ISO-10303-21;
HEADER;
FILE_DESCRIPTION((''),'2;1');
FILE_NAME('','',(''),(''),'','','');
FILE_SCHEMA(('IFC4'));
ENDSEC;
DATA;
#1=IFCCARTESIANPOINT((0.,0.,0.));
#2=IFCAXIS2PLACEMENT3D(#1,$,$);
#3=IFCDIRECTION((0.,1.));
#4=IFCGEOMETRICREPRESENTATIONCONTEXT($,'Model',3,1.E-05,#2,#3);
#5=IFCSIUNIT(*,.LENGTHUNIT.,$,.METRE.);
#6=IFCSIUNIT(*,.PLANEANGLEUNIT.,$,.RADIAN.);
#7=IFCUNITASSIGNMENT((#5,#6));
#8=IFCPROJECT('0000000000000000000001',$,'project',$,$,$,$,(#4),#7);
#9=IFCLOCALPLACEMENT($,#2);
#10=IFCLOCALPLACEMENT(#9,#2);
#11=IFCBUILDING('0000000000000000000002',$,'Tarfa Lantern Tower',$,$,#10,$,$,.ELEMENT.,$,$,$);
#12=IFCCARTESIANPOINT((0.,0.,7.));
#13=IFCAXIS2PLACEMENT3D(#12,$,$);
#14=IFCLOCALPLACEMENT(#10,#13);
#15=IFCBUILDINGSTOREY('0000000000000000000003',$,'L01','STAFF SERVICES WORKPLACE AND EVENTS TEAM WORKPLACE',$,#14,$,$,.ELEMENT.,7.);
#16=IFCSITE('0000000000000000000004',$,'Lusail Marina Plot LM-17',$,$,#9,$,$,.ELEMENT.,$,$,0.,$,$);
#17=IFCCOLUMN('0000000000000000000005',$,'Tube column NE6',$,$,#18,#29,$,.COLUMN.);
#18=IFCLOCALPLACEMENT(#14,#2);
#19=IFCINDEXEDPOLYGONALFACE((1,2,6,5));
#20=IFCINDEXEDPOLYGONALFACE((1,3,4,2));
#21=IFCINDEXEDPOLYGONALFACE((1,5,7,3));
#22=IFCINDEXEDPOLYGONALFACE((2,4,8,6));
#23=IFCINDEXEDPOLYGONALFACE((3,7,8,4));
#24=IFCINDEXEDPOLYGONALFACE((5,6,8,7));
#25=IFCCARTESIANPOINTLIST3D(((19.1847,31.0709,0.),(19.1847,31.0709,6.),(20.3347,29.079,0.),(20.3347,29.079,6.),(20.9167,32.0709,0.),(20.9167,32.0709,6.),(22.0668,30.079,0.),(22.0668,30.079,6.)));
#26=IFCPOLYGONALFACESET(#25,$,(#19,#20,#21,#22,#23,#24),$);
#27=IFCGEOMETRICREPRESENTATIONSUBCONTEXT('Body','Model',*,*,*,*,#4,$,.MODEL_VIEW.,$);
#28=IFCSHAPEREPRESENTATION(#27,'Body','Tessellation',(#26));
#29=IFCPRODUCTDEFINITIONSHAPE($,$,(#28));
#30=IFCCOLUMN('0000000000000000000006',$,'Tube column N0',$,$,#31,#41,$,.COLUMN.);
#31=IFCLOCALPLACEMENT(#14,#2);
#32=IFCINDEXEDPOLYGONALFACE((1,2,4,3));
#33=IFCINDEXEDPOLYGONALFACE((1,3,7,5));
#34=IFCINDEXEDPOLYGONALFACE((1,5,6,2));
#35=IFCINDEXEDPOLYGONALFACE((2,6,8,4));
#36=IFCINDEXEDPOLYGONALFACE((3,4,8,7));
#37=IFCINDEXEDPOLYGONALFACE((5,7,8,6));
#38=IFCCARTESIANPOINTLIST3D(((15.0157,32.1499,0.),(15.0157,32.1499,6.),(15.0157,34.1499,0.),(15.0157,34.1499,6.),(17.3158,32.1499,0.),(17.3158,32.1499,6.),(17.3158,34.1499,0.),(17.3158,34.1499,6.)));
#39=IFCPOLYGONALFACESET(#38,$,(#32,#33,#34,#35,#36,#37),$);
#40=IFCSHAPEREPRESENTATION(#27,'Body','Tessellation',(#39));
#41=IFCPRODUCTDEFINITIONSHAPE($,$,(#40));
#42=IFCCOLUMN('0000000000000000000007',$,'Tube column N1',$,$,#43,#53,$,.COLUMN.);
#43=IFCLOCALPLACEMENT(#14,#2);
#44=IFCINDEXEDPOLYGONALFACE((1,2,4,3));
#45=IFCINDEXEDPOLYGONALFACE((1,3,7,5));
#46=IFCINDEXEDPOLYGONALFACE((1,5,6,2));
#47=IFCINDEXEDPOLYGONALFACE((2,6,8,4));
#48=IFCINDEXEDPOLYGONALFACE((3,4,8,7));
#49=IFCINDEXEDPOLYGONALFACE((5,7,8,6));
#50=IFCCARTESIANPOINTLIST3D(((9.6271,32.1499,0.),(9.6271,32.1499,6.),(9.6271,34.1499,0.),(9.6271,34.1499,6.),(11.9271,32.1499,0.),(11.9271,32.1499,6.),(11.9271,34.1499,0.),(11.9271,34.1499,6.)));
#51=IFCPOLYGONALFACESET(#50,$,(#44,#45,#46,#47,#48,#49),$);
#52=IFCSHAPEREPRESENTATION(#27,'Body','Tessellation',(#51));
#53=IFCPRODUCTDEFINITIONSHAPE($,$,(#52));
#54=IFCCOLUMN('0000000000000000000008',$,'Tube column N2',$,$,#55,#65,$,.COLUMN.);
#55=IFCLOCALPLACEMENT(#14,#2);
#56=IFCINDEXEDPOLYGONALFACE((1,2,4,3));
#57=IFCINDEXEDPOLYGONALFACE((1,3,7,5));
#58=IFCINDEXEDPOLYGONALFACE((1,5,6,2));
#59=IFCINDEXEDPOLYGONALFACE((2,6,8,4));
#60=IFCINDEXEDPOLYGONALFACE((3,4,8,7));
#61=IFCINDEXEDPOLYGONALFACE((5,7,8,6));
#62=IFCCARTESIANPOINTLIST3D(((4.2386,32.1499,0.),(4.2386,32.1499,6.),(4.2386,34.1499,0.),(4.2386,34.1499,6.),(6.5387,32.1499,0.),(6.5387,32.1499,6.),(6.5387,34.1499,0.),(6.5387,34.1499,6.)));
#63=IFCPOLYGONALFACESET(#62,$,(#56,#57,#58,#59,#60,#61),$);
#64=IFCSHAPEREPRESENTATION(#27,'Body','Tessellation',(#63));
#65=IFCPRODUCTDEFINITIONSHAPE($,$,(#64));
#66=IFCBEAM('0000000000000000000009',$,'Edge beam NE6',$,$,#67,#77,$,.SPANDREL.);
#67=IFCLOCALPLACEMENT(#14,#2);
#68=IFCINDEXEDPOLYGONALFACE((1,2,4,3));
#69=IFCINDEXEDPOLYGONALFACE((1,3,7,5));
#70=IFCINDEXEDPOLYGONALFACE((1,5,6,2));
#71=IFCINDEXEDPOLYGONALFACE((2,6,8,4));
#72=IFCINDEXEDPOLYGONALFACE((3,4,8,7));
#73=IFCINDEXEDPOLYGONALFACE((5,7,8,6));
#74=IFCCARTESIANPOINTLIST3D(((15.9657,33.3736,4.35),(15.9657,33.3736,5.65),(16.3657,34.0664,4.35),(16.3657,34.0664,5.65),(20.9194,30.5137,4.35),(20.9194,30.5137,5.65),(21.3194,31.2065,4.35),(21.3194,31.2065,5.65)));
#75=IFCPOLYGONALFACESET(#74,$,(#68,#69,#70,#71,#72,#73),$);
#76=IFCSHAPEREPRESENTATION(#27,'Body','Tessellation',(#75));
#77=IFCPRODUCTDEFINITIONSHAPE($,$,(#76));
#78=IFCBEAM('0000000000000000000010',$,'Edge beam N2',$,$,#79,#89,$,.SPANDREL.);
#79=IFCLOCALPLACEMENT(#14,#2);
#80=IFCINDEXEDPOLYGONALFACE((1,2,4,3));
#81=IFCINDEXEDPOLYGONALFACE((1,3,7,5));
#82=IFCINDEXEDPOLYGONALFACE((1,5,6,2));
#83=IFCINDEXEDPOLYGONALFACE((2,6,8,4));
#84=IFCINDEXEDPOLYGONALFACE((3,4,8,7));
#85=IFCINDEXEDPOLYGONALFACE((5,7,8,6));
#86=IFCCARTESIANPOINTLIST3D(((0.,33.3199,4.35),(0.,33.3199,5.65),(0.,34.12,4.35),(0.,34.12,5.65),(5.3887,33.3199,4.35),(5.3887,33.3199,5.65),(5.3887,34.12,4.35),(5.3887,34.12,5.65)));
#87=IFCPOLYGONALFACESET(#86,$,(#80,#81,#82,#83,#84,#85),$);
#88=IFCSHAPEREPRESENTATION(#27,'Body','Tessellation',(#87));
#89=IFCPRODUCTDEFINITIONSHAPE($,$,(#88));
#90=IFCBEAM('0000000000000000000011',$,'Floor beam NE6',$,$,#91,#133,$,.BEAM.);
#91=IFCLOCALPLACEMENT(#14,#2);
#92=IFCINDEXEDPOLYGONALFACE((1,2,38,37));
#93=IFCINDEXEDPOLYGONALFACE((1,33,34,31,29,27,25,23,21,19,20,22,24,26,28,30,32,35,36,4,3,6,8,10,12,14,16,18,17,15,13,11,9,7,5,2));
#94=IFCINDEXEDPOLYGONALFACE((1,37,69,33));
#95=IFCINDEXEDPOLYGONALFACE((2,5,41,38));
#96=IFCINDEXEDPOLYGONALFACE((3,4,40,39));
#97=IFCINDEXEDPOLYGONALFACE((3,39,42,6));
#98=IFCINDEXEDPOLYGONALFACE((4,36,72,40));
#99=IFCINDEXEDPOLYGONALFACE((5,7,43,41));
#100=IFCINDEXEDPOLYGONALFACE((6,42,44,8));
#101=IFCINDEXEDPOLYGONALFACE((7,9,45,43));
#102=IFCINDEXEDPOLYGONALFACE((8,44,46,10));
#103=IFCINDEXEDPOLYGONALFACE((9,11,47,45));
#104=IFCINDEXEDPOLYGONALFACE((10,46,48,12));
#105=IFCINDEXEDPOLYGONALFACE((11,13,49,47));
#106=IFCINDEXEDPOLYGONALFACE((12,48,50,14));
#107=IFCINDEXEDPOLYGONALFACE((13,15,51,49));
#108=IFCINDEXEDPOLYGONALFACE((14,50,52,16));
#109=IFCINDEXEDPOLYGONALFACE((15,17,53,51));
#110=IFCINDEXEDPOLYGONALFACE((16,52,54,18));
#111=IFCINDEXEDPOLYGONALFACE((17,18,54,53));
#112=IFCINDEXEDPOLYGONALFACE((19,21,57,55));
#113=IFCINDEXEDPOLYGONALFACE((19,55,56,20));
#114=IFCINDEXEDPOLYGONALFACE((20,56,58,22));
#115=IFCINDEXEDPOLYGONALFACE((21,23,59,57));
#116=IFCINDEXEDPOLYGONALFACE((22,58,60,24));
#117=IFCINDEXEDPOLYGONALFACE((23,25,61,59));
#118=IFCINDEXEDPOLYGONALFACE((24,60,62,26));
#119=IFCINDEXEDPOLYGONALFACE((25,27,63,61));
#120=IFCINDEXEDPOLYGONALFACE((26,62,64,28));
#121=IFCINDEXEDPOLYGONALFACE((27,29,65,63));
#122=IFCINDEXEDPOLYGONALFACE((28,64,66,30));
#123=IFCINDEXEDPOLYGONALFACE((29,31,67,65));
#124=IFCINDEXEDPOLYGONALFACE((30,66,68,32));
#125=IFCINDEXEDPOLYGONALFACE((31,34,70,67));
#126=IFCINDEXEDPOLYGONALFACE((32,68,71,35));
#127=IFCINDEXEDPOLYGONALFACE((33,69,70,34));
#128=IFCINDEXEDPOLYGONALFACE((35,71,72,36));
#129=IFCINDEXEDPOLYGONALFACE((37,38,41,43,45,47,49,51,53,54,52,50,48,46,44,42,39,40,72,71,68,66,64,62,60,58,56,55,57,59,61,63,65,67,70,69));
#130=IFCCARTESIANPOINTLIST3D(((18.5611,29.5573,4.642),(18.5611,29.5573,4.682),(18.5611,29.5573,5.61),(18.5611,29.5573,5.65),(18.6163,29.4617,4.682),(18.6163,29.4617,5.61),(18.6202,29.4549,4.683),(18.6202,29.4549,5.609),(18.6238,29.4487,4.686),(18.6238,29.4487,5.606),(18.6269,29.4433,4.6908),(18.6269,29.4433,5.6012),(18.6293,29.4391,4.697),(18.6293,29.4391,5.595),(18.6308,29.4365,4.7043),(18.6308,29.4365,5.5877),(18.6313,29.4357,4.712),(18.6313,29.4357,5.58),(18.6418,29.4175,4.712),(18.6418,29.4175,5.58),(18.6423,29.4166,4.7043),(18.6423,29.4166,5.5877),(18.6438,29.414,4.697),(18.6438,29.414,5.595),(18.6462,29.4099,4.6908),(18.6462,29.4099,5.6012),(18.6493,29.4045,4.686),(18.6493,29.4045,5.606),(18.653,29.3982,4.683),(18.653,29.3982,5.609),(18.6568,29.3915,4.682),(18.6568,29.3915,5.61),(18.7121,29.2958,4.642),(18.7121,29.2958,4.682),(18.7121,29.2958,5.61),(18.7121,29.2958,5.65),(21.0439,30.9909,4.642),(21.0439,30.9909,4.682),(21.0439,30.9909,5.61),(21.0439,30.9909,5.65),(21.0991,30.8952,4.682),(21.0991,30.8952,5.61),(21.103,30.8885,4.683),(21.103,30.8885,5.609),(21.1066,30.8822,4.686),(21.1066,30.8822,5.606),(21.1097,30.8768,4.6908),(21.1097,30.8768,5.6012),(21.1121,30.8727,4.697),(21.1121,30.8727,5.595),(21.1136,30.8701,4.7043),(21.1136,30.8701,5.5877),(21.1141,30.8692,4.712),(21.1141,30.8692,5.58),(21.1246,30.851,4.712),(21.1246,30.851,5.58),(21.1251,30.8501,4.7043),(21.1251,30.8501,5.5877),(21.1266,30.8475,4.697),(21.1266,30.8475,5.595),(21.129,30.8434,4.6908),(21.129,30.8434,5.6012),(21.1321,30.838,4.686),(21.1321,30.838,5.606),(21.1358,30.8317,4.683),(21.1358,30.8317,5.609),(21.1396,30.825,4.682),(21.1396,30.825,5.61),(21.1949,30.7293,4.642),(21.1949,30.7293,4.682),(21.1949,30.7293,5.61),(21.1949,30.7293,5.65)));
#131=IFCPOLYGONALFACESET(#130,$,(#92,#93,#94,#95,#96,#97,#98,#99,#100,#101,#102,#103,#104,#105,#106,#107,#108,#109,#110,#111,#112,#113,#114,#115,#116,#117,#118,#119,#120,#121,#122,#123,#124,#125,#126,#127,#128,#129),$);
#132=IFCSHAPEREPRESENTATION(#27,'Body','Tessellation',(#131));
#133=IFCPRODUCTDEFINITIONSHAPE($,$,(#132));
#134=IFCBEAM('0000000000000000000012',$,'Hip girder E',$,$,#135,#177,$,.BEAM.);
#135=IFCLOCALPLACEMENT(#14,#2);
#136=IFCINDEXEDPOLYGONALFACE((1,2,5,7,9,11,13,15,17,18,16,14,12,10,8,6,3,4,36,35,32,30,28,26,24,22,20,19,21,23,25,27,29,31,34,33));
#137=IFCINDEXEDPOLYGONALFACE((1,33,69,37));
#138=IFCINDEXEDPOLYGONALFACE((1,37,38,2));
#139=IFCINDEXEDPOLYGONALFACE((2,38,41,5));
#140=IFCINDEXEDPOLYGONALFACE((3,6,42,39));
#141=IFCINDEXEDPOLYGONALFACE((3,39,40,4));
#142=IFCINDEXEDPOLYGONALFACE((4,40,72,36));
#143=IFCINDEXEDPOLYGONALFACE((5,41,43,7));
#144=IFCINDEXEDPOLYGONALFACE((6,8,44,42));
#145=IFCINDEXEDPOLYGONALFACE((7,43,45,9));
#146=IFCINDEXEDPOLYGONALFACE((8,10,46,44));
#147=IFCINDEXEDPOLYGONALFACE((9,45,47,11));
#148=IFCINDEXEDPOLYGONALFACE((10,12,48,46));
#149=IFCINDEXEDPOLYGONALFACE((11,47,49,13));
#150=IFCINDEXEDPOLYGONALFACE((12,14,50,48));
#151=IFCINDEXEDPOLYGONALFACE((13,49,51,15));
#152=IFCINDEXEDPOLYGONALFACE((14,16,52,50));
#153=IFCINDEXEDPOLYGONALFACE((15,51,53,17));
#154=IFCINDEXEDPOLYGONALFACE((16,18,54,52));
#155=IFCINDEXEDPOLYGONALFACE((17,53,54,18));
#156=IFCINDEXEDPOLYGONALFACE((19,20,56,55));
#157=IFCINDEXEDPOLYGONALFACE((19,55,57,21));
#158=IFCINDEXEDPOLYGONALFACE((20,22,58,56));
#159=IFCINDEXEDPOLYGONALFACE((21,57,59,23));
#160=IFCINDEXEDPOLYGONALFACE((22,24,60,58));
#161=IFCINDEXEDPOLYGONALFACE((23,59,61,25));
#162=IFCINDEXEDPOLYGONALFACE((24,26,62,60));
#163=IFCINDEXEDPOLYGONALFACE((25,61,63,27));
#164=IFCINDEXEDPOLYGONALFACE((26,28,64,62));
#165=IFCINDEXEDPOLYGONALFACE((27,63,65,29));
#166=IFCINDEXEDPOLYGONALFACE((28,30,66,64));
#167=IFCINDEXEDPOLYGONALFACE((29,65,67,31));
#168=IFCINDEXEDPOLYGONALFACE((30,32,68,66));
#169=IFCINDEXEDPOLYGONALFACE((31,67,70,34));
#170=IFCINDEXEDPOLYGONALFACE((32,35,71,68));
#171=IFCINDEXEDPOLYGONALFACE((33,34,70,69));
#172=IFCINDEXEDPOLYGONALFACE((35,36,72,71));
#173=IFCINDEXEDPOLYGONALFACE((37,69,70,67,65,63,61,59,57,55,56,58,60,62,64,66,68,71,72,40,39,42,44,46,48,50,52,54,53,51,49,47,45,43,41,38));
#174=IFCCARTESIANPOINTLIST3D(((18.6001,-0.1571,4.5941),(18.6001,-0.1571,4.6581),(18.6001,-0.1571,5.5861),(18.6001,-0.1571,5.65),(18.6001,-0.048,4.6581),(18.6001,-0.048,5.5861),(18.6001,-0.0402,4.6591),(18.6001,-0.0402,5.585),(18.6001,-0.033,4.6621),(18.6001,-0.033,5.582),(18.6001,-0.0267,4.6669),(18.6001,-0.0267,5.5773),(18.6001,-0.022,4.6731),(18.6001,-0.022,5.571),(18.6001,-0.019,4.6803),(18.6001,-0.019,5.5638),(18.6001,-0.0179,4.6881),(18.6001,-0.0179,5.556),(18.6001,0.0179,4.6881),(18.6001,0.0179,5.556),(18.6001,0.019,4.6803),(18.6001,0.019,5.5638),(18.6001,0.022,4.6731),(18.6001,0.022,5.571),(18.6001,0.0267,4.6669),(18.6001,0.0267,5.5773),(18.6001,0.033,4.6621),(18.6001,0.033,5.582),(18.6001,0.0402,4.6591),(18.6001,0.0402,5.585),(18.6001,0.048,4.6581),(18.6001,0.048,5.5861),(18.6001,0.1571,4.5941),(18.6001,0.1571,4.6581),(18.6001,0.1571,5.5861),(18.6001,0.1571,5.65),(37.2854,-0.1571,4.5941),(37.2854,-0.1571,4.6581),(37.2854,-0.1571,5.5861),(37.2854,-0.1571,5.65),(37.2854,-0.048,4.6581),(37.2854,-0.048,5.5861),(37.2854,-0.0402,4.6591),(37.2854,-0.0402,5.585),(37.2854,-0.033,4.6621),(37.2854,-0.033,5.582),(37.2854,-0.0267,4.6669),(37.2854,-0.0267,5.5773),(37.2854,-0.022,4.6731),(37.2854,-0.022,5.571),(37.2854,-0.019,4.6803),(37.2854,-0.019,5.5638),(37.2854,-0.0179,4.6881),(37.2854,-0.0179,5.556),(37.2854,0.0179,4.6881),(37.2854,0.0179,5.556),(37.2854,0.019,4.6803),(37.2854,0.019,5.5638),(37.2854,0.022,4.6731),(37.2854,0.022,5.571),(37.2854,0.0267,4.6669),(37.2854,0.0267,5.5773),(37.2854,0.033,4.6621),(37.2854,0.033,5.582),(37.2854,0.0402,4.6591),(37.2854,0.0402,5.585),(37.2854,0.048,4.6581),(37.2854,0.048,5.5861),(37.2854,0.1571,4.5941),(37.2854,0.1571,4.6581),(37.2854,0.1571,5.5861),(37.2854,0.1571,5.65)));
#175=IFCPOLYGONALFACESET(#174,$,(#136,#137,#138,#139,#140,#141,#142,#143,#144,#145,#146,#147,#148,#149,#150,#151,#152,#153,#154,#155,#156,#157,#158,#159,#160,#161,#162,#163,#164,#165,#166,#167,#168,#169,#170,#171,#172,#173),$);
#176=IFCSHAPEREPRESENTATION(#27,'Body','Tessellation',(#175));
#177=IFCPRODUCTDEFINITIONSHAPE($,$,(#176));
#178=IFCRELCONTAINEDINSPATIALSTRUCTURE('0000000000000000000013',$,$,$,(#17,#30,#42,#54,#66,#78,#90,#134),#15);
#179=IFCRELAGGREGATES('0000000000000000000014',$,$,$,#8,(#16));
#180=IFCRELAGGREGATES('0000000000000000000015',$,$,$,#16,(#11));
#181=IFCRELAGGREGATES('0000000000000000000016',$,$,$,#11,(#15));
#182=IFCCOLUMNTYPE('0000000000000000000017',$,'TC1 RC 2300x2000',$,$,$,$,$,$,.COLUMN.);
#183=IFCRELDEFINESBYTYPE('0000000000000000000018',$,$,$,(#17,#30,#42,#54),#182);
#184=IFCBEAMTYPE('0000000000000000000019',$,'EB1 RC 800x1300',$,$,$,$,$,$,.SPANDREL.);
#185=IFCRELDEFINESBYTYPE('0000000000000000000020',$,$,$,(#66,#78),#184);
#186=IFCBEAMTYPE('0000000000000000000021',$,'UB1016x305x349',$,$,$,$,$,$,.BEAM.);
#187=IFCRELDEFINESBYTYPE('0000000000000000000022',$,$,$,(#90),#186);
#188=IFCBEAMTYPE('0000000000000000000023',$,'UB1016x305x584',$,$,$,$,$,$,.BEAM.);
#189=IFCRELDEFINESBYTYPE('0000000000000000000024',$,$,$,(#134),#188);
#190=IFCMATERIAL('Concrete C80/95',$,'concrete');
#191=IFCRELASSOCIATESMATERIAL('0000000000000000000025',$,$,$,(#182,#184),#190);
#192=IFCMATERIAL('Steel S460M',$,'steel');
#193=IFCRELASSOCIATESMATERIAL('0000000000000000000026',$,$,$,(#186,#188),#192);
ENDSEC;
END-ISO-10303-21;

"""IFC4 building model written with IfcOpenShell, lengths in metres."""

from ifc_helpers import new_model, si_unit, direction, frame, origin, origin_2d, place, context, subcontext, project, spatial, rectangle, i_section, extrude, material, material_profile, profile_set, type_object, element, save


model = new_model("IFC4")

# Units and contexts
model_context = context("Model", 3, precision=1e-05, world=origin(), true_north=direction((0.0, 1.0)))
body_context = subcontext(model_context, "Body", "Model", "MODEL_VIEW")
ifc_project = project(units=[si_unit("LENGTHUNIT", "METRE"), si_unit("PLANEANGLEUNIT", "RADIAN")], contexts=[model_context])

# Site, building, storey
site_placement = place(None, origin())
site = spatial("IfcSite", under=ifc_project, at=site_placement, Name="Lusail Marina Plot LM-17", CompositionType="ELEMENT", RefElevation=0.0)
building_placement = place(site_placement, origin())
building = spatial("IfcBuilding", under=site, at=building_placement, Name="Tarfa Lantern Tower", CompositionType="ELEMENT")
storey_placement = place(building_placement, frame((0.0, 0.0, 7.0)))
storey = spatial("IfcBuildingStorey", under=building, at=storey_placement, Name="L01", Description="STAFF SERVICES WORKPLACE AND EVENTS TEAM WORKPLACE", CompositionType="ELEMENT", Elevation=7.0)

# Columns
ifc_material_1 = material(Name="Concrete C80/95", Category="concrete")
ifc_material_profile_1 = material_profile(ifc_material_1, rectangle(XDim=2.3, YDim=2.0, at=origin_2d()), Name="RC 2300x2000")
ifc_profile_set_1 = profile_set([ifc_material_profile_1], Name="Concrete C80/95")
column_type = type_object("IfcColumnType", Name="TC1 RC 2300x2000", PredefinedType="COLUMN", material=ifc_profile_set_1)
for number, where, z_axis, x_axis, name in (
    (1, (20.6257, 30.575, 0.0), (0.0, 0.0, 1.0), (-0.5, 0.866025, 0.0), "Tube column NE6"),
    (2, (16.1658, 33.1499, 0.0), (0.0, 0.0, 1.0), (-1.0, 0.0, 0.0), "Tube column N0"),
    (3, (10.7771, 33.1499, 0.0), (0.0, 0.0, 1.0), (-1.0, 0.0, 0.0), "Tube column N1"),
    (4, (5.3887, 33.1499, 0.0), (0.0, 0.0, 1.0), (-1.0, 0.0, 0.0), "Tube column N2"),
):
    element("IfcColumn", number, at=place(storey_placement, frame(where, z_axis=z_axis, x_axis=x_axis)), inside=storey, type_object=column_type, Name=name, PredefinedType="COLUMN", context=body_context, shape_type="SweptSolid", body=[
        extrude(rectangle(XDim=2.3, YDim=2.0, at=origin_2d()), origin(), (0.0, 0.0, 1.0), 6.0),
    ])

# Beams
ifc_material_profile_2 = material_profile(ifc_material_1, rectangle(XDim=0.8, YDim=1.3, at=origin_2d()), Name="RC 800x1300")
ifc_profile_set_2 = profile_set([ifc_material_profile_2], Name="Concrete C80/95")
beam_type_1 = type_object("IfcBeamType", Name="EB1 RC 800x1300", PredefinedType="SPANDREL", material=ifc_profile_set_2)
beam_1_placement = place(storey_placement, frame((21.1194, 30.8601, 5.0), z_axis=(-0.866033, 0.499986, 0.0), x_axis=(-0.499986, -0.866033, 0.0)))
element("IfcBeam", 5, at=beam_1_placement, inside=storey, type_object=beam_type_1, Name="Edge beam NE6", PredefinedType="SPANDREL", context=body_context, shape_type="SweptSolid", body=[
    extrude(rectangle(XDim=0.8, YDim=1.3, at=origin_2d()), origin(), (0.0, 0.0, 1.0), 5.72),
])
beam_2_placement = place(storey_placement, frame((5.3887, 33.72, 5.0), z_axis=(-1.0, 0.0, 0.0), x_axis=(0.0, -1.0, 0.0)))
element("IfcBeam", 6, at=beam_2_placement, inside=storey, type_object=beam_type_1, Name="Edge beam N2", PredefinedType="SPANDREL", context=body_context, shape_type="SweptSolid", body=[
    extrude(rectangle(XDim=0.8, YDim=1.3, at=origin_2d()), origin(), (0.0, 0.0, 1.0), 5.3887),
])
ifc_material_2 = material(Name="Steel S460M", Category="steel")
ifc_material_profile_3 = material_profile(ifc_material_2, i_section(OverallWidth=0.302, OverallDepth=1.0081, WebThickness=0.021, FlangeThickness=0.04, FilletRadius=0.03, at=origin_2d()), Name="UB1016x305x349")
ifc_profile_set_3 = profile_set([ifc_material_profile_3], Name="Steel S460M")
beam_type_2 = type_object("IfcBeamType", Name="UB1016x305x349", PredefinedType="BEAM", material=ifc_profile_set_3)
beam_3_placement = place(storey_placement, frame((21.1194, 30.8601, 5.146), z_axis=(-0.866013, -0.500022, 0.0), x_axis=(0.500022, -0.866013, 0.0)))
element("IfcBeam", 7, at=beam_3_placement, inside=storey, type_object=beam_type_2, Name="Floor beam NE6", PredefinedType="BEAM", context=body_context, shape_type="SweptSolid", body=[
    extrude(i_section(OverallWidth=0.302, OverallDepth=1.0081, WebThickness=0.021, FlangeThickness=0.04, FilletRadius=0.03, at=origin_2d()), origin(), (0.0, 0.0, 1.0), 2.8669),
])
ifc_material_profile_4 = material_profile(ifc_material_2, i_section(OverallWidth=0.3142, OverallDepth=1.0559, WebThickness=0.0359, FlangeThickness=0.064, FilletRadius=0.03, at=origin_2d()), Name="UB1016x305x584")
ifc_profile_set_4 = profile_set([ifc_material_profile_4], Name="Steel S460M")
beam_type_3 = type_object("IfcBeamType", Name="UB1016x305x584", PredefinedType="BEAM", material=ifc_profile_set_4)
beam_4_placement = place(storey_placement, frame((18.6001, 0.0, 5.1221), z_axis=(1.0, 0.0, 0.0), x_axis=(0.0, 1.0, 0.0)))
element("IfcBeam", 8, at=beam_4_placement, inside=storey, type_object=beam_type_3, Name="Hip girder E", PredefinedType="BEAM", context=body_context, shape_type="SweptSolid", body=[
    extrude(i_section(OverallWidth=0.3142, OverallDepth=1.0559, WebThickness=0.0359, FlangeThickness=0.064, FilletRadius=0.03, at=origin_2d()), origin(), (0.0, 0.0, 1.0), 18.6853),
])

save(model, "model.ifc")
